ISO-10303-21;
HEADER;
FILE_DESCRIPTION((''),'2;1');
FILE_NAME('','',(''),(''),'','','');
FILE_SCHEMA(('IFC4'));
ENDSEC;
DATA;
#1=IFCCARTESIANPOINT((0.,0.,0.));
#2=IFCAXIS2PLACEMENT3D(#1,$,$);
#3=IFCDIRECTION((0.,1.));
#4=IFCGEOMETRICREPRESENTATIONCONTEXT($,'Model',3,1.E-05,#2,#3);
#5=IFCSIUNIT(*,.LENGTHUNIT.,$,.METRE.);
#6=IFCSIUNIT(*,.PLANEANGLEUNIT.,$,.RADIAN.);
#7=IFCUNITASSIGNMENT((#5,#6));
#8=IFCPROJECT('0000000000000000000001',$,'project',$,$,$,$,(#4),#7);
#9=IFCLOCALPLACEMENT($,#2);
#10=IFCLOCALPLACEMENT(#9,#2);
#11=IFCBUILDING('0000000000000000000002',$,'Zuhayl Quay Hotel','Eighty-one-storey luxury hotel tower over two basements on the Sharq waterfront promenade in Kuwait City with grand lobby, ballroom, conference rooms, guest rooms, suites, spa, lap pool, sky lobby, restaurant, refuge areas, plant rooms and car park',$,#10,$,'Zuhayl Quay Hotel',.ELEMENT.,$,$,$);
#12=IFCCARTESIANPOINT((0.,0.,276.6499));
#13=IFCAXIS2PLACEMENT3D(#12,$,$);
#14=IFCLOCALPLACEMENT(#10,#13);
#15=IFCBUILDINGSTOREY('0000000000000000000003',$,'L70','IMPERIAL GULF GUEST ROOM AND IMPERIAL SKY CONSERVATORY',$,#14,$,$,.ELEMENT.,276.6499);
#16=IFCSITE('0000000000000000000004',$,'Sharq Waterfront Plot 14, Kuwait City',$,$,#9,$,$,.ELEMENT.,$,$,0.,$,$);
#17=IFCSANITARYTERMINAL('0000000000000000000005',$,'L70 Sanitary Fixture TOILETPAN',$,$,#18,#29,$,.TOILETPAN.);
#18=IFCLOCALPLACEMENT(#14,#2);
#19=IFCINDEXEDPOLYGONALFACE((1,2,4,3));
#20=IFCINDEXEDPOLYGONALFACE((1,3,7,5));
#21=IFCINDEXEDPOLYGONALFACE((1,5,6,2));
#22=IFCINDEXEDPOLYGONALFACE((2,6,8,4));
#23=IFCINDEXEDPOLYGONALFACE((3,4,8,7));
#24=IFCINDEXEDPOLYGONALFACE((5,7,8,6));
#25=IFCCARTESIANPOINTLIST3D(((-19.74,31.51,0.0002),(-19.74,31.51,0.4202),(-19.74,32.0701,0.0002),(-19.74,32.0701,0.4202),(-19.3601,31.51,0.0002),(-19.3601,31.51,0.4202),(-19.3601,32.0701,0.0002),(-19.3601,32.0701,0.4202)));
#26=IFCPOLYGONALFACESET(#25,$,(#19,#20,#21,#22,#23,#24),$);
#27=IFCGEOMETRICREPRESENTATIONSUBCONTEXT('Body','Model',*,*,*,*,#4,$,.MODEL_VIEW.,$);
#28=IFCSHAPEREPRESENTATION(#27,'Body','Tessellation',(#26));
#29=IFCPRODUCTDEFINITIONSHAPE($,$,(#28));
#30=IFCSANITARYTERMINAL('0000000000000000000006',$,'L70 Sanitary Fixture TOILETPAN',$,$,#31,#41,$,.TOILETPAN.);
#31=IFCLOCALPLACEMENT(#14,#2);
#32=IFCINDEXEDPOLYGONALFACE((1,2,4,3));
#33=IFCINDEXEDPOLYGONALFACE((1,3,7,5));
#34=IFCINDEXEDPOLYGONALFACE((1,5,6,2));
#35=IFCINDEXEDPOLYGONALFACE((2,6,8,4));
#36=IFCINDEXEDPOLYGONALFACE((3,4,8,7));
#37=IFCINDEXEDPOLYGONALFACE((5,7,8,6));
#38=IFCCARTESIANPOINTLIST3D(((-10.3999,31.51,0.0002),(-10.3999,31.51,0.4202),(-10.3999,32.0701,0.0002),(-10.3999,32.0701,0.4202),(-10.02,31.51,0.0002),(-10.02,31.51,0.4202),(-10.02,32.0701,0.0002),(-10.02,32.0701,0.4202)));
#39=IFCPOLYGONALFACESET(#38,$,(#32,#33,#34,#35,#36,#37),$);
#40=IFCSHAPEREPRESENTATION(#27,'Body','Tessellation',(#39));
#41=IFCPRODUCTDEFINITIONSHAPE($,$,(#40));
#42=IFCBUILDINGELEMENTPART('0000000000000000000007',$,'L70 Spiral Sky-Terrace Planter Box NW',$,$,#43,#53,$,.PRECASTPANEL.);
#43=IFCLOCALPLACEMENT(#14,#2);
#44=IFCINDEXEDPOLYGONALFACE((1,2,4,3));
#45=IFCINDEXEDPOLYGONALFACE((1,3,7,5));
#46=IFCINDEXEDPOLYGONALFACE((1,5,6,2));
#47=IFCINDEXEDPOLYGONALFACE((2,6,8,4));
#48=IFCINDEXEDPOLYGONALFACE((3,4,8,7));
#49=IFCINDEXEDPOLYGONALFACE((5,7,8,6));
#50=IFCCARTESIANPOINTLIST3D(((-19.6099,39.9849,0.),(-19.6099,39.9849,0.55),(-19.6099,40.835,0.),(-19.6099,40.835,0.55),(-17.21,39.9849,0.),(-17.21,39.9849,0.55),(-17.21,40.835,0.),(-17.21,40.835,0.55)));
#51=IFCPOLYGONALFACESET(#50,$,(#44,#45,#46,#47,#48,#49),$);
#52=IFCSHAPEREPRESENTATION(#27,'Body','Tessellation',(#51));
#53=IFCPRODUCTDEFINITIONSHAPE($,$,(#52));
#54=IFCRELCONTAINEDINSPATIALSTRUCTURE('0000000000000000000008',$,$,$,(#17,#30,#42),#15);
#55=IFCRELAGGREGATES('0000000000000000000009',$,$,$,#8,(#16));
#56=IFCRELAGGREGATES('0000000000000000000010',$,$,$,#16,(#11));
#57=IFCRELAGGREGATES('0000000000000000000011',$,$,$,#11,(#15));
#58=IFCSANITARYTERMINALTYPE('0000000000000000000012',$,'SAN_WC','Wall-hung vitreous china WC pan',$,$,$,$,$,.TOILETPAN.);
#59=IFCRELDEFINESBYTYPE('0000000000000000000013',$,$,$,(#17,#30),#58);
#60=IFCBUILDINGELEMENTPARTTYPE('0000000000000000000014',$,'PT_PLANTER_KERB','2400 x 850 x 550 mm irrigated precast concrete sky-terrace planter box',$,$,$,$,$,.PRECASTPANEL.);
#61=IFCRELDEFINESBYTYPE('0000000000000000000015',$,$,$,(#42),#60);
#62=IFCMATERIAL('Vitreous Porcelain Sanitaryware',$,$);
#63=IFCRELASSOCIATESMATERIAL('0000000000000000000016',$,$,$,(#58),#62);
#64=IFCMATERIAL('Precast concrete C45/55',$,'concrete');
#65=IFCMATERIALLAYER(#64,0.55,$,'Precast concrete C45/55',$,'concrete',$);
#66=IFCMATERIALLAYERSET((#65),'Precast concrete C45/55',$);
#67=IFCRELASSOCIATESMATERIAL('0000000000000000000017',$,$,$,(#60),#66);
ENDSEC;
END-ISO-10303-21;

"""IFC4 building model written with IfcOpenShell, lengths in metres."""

from ifc_helpers import new_model, si_unit, direction, frame, origin, origin_2d, place, context, subcontext, project, spatial, rectangle, extrude, material, layer, layer_set, type_object, element, save


model = new_model("IFC4")

# Units and contexts
model_context = context("Model", 3, precision=1e-05, world=origin(), true_north=direction((0.0, 1.0)))
body_context = subcontext(model_context, "Body", "Model", "MODEL_VIEW")
ifc_project = project(units=[si_unit("LENGTHUNIT", "METRE"), si_unit("PLANEANGLEUNIT", "RADIAN")], contexts=[model_context])

# Site, building, storey
site_placement = place(None, origin())
site = spatial("IfcSite", under=ifc_project, at=site_placement, Name="Sharq Waterfront Plot 14, Kuwait City", CompositionType="ELEMENT", RefElevation=0.0)
building_placement = place(site_placement, origin())
building = spatial("IfcBuilding", under=site, at=building_placement, Name="Zuhayl Quay Hotel", Description="Eighty-one-storey luxury hotel tower over two basements on the Sharq waterfront promenade in Kuwait City with grand lobby, ballroom, conference rooms, guest rooms, suites, spa, lap pool, sky lobby, restaurant, refuge areas, plant rooms and car park", LongName="Zuhayl Quay Hotel", CompositionType="ELEMENT")
storey_placement = place(building_placement, frame((0.0, 0.0, 276.6499)))
storey = spatial("IfcBuildingStorey", under=building, at=storey_placement, Name="L70", Description="IMPERIAL GULF GUEST ROOM AND IMPERIAL SKY CONSERVATORY", CompositionType="ELEMENT", Elevation=276.6499)

# Shared definitions
ifc_material_1 = material(Name="Precast concrete C45/55", Category="concrete")

# Sanitary terminals
ifc_material_2 = material(Name="Vitreous Porcelain Sanitaryware")
sanitary_terminal_type_1 = type_object("IfcSanitaryTerminalType", Name="SAN_WC", Description="Wall-hung vitreous china WC pan", PredefinedType="TOILETPAN", material=ifc_material_2)
for number, where, z_axis, x_axis, name in (
    (1, (-19.55, 31.79, 0.0002), (0.0, 0.0, 1.0), (1.0, 0.0, 0.0), "L70 Sanitary Fixture TOILETPAN"),
    (2, (-10.21, 31.79, 0.0002), (0.0, 0.0, 1.0), (1.0, 0.0, 0.0), "L70 Sanitary Fixture TOILETPAN"),
):
    element("IfcSanitaryTerminal", number, at=place(storey_placement, frame(where, z_axis=z_axis, x_axis=x_axis)), inside=storey, type_object=sanitary_terminal_type_1, Name=name, PredefinedType="TOILETPAN", context=body_context, shape_type="SweptSolid", body=[
        extrude(rectangle(XDim=0.3799, YDim=0.5601, at=origin_2d()), origin(), (0.0, 0.0, 1.0), 0.4199),
    ])

# Building element part
ifc_layer_1 = layer(ifc_material_1, 0.55, Name="Precast concrete C45/55", Category="concrete")
ifc_layer_set_1 = layer_set([ifc_layer_1], Name="Precast concrete C45/55")
building_element_part_type = type_object("IfcBuildingElementPartType", Name="PT_PLANTER_KERB", Description="2400 x 850 x 550 mm irrigated precast concrete sky-terrace planter box", PredefinedType="PRECASTPANEL", material=ifc_layer_set_1)
building_element_part_placement = place(storey_placement, frame((-18.4099, 40.4099, 0.0), z_axis=(0.0, 0.0, 1.0), x_axis=(1.0, 0.0, 0.0)))
element("IfcBuildingElementPart", 3, at=building_element_part_placement, inside=storey, type_object=building_element_part_type, Name="L70 Spiral Sky-Terrace Planter Box NW", PredefinedType="PRECASTPANEL", context=body_context, shape_type="SweptSolid", body=[
    extrude(rectangle(XDim=2.3999, YDim=0.8501, at=origin_2d()), origin(), (0.0, 0.0, 1.0), 0.55),
])

save(model, "model.ifc")
